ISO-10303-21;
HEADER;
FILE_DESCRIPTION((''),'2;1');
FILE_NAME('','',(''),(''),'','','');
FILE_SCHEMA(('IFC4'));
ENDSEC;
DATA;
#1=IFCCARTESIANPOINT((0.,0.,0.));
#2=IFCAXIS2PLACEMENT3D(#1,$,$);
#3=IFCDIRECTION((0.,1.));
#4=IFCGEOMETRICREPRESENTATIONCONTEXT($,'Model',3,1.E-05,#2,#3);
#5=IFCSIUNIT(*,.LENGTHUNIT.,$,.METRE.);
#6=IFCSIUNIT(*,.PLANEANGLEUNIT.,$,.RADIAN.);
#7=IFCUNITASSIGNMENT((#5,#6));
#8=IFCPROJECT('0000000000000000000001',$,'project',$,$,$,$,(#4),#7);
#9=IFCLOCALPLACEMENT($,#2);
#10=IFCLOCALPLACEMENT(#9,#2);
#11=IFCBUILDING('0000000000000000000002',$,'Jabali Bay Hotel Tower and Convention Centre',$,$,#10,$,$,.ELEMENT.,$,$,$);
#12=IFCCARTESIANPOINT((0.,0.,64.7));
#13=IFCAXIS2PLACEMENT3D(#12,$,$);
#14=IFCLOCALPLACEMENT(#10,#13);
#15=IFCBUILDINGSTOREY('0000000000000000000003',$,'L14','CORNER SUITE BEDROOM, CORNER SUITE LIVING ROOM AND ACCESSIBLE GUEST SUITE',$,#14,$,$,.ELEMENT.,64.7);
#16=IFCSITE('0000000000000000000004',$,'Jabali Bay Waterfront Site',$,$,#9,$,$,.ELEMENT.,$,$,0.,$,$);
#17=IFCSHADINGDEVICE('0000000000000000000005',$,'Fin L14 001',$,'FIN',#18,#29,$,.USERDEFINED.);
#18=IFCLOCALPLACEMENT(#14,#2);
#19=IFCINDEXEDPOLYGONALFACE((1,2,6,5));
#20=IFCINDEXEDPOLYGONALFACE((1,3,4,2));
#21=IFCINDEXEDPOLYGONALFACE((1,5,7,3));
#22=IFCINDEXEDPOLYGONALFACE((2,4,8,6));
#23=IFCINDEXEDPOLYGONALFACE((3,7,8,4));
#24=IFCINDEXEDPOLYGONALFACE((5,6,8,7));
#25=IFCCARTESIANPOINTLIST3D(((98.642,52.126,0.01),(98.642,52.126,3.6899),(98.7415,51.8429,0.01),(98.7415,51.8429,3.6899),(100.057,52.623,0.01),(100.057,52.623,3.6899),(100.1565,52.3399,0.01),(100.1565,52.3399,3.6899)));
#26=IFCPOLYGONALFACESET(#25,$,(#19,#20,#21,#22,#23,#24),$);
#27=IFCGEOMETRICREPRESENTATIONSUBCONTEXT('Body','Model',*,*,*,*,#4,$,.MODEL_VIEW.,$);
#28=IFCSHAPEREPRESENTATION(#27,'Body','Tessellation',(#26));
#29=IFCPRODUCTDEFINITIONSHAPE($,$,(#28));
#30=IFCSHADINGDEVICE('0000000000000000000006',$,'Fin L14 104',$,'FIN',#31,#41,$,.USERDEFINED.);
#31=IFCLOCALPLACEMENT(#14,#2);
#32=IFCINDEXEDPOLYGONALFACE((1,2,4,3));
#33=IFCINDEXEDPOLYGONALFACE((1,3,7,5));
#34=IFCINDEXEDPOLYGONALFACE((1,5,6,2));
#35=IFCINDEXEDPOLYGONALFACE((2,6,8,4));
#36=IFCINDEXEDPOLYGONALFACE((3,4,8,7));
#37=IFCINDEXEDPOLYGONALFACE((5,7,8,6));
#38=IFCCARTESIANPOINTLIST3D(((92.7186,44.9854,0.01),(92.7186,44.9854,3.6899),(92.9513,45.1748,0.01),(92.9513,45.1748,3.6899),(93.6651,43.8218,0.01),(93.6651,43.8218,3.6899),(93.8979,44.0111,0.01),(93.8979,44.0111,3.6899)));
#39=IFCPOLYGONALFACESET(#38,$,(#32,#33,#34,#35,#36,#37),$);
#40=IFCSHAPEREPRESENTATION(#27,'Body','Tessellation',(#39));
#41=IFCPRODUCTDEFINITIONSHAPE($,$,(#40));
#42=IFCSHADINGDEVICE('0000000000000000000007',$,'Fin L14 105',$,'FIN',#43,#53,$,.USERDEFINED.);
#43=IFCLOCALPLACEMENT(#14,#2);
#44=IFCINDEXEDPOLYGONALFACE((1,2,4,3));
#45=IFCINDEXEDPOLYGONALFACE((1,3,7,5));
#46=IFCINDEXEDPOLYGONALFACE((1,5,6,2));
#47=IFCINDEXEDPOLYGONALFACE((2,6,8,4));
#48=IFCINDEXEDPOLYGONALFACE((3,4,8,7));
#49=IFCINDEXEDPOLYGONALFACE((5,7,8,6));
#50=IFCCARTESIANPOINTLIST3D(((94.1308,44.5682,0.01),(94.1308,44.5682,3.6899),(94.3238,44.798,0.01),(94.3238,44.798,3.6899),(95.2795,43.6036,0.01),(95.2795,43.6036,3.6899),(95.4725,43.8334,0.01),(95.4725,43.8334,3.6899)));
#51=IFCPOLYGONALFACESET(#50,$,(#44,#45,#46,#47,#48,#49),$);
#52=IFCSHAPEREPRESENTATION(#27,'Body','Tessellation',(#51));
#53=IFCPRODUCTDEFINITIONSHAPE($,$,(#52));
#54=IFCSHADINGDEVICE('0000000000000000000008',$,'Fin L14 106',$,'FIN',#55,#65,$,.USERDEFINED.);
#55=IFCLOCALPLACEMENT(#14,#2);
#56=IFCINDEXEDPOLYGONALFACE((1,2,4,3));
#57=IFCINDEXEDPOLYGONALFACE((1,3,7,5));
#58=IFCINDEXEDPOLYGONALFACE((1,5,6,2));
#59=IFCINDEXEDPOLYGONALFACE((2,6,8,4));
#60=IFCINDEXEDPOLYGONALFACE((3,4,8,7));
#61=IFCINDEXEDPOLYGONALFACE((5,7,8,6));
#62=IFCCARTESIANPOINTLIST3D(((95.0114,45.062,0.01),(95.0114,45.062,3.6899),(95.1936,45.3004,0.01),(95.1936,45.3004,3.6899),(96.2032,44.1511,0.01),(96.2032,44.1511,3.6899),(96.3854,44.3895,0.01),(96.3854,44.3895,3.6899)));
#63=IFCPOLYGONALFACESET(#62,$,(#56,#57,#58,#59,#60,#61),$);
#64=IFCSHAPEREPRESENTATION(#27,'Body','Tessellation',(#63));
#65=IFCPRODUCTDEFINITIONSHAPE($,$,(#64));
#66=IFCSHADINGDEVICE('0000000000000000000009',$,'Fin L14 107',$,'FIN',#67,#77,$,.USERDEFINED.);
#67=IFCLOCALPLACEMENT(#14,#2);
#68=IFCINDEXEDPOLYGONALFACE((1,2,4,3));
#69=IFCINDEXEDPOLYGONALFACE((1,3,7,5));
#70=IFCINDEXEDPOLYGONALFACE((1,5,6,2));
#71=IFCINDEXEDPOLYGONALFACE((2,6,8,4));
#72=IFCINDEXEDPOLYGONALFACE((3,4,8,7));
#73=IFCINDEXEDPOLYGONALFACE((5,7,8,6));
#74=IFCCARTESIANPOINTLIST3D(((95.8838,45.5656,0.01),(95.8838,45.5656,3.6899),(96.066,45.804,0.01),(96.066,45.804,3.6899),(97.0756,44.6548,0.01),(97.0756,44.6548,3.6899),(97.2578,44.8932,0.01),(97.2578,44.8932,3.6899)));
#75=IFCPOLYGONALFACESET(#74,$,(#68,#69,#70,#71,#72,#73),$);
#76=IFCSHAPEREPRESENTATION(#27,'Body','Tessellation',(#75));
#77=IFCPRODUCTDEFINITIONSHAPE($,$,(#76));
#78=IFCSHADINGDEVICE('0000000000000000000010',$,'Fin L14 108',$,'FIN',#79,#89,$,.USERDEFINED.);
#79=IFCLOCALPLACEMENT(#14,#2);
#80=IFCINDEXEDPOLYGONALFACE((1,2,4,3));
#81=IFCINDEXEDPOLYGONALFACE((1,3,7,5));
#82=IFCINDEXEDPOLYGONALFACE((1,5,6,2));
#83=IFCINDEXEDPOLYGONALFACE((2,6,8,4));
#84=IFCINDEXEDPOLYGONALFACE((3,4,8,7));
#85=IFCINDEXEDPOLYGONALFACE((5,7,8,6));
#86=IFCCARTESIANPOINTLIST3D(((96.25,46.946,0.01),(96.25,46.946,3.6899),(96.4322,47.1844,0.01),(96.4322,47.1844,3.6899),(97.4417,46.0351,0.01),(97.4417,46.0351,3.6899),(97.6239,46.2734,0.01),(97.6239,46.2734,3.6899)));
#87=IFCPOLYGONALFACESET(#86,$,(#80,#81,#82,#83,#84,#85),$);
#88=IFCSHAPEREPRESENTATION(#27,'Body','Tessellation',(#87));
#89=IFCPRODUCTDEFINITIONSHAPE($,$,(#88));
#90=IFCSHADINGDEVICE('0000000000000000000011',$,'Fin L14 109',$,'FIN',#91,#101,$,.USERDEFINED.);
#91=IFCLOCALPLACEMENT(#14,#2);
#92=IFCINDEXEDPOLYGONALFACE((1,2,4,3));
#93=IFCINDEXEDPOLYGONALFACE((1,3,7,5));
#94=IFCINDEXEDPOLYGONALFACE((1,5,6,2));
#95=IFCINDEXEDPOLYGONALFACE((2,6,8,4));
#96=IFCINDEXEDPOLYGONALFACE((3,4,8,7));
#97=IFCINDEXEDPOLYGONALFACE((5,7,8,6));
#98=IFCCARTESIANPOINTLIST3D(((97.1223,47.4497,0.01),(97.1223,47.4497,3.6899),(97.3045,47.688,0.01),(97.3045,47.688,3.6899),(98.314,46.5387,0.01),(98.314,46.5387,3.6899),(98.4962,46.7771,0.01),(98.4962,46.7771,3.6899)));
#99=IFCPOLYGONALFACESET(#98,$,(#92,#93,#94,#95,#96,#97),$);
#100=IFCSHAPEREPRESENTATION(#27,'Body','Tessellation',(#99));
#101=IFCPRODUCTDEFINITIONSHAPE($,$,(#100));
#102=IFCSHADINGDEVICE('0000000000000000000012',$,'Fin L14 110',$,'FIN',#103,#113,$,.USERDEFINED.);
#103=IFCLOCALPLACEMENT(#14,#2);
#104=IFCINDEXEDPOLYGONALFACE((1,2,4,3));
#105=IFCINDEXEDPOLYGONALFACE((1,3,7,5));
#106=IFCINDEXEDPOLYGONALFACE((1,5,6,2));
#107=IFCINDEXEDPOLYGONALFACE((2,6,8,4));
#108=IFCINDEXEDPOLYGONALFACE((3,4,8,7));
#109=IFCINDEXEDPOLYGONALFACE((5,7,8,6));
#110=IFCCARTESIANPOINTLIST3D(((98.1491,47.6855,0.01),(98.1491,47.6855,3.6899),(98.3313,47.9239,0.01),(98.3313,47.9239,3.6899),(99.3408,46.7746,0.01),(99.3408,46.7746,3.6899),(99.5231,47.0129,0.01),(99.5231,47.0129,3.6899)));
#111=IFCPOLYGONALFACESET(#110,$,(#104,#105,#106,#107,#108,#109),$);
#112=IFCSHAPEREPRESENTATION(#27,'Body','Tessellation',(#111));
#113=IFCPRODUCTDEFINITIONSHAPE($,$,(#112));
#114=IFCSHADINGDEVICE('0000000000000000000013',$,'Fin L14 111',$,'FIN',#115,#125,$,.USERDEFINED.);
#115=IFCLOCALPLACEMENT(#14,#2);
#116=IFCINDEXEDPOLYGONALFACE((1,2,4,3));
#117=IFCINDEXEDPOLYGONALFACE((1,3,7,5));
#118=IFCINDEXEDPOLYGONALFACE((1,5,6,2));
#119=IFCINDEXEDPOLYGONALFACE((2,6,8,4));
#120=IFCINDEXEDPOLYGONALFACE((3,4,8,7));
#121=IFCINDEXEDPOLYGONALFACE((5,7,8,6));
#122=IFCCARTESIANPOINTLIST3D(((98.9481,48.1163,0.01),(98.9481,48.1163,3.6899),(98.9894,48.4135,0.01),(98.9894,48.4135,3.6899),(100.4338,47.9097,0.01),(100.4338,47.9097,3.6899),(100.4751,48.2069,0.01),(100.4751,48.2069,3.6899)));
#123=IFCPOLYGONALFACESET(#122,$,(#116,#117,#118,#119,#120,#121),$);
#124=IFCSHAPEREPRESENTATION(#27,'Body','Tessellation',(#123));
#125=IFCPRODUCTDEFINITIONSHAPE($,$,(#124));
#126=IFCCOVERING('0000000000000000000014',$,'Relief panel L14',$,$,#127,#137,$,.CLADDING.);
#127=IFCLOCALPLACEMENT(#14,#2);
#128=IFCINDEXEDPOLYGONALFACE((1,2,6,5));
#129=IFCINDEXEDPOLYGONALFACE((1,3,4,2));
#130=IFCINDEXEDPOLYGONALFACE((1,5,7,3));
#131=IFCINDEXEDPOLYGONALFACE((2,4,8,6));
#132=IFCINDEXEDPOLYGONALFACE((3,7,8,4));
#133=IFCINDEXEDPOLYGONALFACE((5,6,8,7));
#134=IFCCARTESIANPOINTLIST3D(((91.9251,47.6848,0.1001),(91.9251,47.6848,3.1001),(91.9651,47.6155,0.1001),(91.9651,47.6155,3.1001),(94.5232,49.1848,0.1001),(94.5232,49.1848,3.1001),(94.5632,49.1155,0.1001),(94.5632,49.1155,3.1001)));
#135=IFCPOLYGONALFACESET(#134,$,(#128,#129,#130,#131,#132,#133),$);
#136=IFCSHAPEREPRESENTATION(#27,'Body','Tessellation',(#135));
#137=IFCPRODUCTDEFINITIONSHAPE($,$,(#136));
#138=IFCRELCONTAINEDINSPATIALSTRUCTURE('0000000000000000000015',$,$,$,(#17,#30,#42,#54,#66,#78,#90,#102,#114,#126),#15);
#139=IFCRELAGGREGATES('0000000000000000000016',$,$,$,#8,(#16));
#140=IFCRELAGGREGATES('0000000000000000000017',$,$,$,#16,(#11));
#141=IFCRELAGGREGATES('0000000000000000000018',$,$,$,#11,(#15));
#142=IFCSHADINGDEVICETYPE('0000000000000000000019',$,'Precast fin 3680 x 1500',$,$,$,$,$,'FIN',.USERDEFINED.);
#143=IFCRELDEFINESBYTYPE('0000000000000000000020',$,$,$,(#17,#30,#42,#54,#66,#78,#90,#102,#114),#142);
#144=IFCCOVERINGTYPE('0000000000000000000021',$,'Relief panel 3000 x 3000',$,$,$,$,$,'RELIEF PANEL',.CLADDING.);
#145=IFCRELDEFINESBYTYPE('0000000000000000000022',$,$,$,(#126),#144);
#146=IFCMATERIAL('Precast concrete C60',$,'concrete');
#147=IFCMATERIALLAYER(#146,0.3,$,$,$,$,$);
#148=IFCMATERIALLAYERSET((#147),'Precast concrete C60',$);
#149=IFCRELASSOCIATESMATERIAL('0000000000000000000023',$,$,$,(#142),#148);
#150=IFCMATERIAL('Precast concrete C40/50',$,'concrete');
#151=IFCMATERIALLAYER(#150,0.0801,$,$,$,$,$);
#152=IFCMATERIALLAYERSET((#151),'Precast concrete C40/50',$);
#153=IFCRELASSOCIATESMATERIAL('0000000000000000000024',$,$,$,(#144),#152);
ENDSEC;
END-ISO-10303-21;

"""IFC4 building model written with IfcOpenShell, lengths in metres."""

from ifc_helpers import new_model, si_unit, direction, frame, frame_2d, origin, origin_2d, place, context, subcontext, project, spatial, rectangle, extrude, material, layer, layer_set, type_object, element, save


model = new_model("IFC4")

# Units and contexts
model_context = context("Model", 3, precision=1e-05, world=origin(), true_north=direction((0.0, 1.0)))
body_context = subcontext(model_context, "Body", "Model", "MODEL_VIEW")
ifc_project = project(units=[si_unit("LENGTHUNIT", "METRE"), si_unit("PLANEANGLEUNIT", "RADIAN")], contexts=[model_context])

# Site, building, storey
site_placement = place(None, origin())
site = spatial("IfcSite", under=ifc_project, at=site_placement, Name="Jabali Bay Waterfront Site", CompositionType="ELEMENT", RefElevation=0.0)
building_placement = place(site_placement, origin())
building = spatial("IfcBuilding", under=site, at=building_placement, Name="Jabali Bay Hotel Tower and Convention Centre", CompositionType="ELEMENT")
storey_placement = place(building_placement, frame((0.0, 0.0, 64.7)))
storey = spatial("IfcBuildingStorey", under=building, at=storey_placement, Name="L14", Description="CORNER SUITE BEDROOM, CORNER SUITE LIVING ROOM AND ACCESSIBLE GUEST SUITE", CompositionType="ELEMENT", Elevation=64.7)

# Shading devices
ifc_material_1 = material(Name="Precast concrete C60", Category="concrete")
ifc_layer_1 = layer(ifc_material_1, 0.3)
ifc_layer_set_1 = layer_set([ifc_layer_1], Name="Precast concrete C60")
shading_device_type_1 = type_object("IfcShadingDeviceType", Name="Precast fin 3680 x 1500", ElementType="FIN", PredefinedType="USERDEFINED", material=ifc_layer_set_1)
shading_device_1_placement = place(storey_placement, frame((98.6917, 51.9844, 0.01), z_axis=(0.0, 0.0, 1.0), x_axis=(0.943482, 0.331423, 0.0)))
element("IfcShadingDevice", 1, at=shading_device_1_placement, inside=storey, type_object=shading_device_type_1, Name="Fin L14 001", ObjectType="FIN", PredefinedType="USERDEFINED", context=body_context, shape_type="SweptSolid", body=[
    extrude(rectangle(XDim=1.4998, YDim=0.3, at=frame_2d((0.75, 0.0))), origin(), (0.0, 0.0, 1.0), 3.6799),
])
for number, where, z_axis, x_axis, name in (
    (2, (92.835, 45.0801, 0.01), (0.0, 0.0, 1.0), (0.631046, -0.775745, 0.0), "Fin L14 104"),
    (3, (94.2273, 44.6831, 0.01), (0.0, 0.0, 1.0), (0.765801, -0.643078, 0.0), "Fin L14 105"),
    (4, (95.1025, 45.1812, 0.01), (0.0, 0.0, 1.0), (0.794538, -0.607214, 0.0), "Fin L14 106"),
    (5, (95.9749, 45.6848, 0.01), (0.0, 0.0, 1.0), (0.794538, -0.607214, 0.0), "Fin L14 107"),
    (6, (96.3411, 47.0652, 0.01), (0.0, 0.0, 1.0), (0.794478, -0.607293, 0.0), "Fin L14 108"),
    (7, (97.2134, 47.5688, 0.01), (0.0, 0.0, 1.0), (0.794478, -0.607293, 0.0), "Fin L14 109"),
    (8, (98.2402, 47.8047, 0.01), (0.0, 0.0, 1.0), (0.794478, -0.607293, 0.0), "Fin L14 110"),
    (9, (98.9688, 48.2649, 0.01), (0.0, 0.0, 1.0), (0.990473, -0.137706, 0.0), "Fin L14 111"),
):
    element("IfcShadingDevice", number, at=place(storey_placement, frame(where, z_axis=z_axis, x_axis=x_axis)), inside=storey, type_object=shading_device_type_1, Name=name, ObjectType="FIN", PredefinedType="USERDEFINED", context=body_context, shape_type="SweptSolid", body=[
        extrude(rectangle(XDim=1.5, YDim=0.3, at=frame_2d((0.75, 0.0))), origin(), (0.0, 0.0, 1.0), 3.6799),
    ])

# Covering
ifc_material_2 = material(Name="Precast concrete C40/50", Category="concrete")
ifc_layer_2 = layer(ifc_material_2, 0.0801)
ifc_layer_set_2 = layer_set([ifc_layer_2], Name="Precast concrete C40/50")
covering_type = type_object("IfcCoveringType", Name="Relief panel 3000 x 3000", ElementType="RELIEF PANEL", PredefinedType="CLADDING", material=ifc_layer_set_2)
covering_placement = place(storey_placement, frame((93.2441, 48.4001, 0.1001), z_axis=(0.0, 0.0, 1.0), x_axis=(-0.866025, -0.5, 0.0)))
element("IfcCovering", 10, at=covering_placement, inside=storey, type_object=covering_type, Name="Relief panel L14", PredefinedType="CLADDING", context=body_context, shape_type="SweptSolid", body=[
    extrude(rectangle(XDim=3.0, YDim=0.0801, at=origin_2d()), origin(), (0.0, 0.0, 1.0), 3.0),
])

save(model, "model.ifc")
